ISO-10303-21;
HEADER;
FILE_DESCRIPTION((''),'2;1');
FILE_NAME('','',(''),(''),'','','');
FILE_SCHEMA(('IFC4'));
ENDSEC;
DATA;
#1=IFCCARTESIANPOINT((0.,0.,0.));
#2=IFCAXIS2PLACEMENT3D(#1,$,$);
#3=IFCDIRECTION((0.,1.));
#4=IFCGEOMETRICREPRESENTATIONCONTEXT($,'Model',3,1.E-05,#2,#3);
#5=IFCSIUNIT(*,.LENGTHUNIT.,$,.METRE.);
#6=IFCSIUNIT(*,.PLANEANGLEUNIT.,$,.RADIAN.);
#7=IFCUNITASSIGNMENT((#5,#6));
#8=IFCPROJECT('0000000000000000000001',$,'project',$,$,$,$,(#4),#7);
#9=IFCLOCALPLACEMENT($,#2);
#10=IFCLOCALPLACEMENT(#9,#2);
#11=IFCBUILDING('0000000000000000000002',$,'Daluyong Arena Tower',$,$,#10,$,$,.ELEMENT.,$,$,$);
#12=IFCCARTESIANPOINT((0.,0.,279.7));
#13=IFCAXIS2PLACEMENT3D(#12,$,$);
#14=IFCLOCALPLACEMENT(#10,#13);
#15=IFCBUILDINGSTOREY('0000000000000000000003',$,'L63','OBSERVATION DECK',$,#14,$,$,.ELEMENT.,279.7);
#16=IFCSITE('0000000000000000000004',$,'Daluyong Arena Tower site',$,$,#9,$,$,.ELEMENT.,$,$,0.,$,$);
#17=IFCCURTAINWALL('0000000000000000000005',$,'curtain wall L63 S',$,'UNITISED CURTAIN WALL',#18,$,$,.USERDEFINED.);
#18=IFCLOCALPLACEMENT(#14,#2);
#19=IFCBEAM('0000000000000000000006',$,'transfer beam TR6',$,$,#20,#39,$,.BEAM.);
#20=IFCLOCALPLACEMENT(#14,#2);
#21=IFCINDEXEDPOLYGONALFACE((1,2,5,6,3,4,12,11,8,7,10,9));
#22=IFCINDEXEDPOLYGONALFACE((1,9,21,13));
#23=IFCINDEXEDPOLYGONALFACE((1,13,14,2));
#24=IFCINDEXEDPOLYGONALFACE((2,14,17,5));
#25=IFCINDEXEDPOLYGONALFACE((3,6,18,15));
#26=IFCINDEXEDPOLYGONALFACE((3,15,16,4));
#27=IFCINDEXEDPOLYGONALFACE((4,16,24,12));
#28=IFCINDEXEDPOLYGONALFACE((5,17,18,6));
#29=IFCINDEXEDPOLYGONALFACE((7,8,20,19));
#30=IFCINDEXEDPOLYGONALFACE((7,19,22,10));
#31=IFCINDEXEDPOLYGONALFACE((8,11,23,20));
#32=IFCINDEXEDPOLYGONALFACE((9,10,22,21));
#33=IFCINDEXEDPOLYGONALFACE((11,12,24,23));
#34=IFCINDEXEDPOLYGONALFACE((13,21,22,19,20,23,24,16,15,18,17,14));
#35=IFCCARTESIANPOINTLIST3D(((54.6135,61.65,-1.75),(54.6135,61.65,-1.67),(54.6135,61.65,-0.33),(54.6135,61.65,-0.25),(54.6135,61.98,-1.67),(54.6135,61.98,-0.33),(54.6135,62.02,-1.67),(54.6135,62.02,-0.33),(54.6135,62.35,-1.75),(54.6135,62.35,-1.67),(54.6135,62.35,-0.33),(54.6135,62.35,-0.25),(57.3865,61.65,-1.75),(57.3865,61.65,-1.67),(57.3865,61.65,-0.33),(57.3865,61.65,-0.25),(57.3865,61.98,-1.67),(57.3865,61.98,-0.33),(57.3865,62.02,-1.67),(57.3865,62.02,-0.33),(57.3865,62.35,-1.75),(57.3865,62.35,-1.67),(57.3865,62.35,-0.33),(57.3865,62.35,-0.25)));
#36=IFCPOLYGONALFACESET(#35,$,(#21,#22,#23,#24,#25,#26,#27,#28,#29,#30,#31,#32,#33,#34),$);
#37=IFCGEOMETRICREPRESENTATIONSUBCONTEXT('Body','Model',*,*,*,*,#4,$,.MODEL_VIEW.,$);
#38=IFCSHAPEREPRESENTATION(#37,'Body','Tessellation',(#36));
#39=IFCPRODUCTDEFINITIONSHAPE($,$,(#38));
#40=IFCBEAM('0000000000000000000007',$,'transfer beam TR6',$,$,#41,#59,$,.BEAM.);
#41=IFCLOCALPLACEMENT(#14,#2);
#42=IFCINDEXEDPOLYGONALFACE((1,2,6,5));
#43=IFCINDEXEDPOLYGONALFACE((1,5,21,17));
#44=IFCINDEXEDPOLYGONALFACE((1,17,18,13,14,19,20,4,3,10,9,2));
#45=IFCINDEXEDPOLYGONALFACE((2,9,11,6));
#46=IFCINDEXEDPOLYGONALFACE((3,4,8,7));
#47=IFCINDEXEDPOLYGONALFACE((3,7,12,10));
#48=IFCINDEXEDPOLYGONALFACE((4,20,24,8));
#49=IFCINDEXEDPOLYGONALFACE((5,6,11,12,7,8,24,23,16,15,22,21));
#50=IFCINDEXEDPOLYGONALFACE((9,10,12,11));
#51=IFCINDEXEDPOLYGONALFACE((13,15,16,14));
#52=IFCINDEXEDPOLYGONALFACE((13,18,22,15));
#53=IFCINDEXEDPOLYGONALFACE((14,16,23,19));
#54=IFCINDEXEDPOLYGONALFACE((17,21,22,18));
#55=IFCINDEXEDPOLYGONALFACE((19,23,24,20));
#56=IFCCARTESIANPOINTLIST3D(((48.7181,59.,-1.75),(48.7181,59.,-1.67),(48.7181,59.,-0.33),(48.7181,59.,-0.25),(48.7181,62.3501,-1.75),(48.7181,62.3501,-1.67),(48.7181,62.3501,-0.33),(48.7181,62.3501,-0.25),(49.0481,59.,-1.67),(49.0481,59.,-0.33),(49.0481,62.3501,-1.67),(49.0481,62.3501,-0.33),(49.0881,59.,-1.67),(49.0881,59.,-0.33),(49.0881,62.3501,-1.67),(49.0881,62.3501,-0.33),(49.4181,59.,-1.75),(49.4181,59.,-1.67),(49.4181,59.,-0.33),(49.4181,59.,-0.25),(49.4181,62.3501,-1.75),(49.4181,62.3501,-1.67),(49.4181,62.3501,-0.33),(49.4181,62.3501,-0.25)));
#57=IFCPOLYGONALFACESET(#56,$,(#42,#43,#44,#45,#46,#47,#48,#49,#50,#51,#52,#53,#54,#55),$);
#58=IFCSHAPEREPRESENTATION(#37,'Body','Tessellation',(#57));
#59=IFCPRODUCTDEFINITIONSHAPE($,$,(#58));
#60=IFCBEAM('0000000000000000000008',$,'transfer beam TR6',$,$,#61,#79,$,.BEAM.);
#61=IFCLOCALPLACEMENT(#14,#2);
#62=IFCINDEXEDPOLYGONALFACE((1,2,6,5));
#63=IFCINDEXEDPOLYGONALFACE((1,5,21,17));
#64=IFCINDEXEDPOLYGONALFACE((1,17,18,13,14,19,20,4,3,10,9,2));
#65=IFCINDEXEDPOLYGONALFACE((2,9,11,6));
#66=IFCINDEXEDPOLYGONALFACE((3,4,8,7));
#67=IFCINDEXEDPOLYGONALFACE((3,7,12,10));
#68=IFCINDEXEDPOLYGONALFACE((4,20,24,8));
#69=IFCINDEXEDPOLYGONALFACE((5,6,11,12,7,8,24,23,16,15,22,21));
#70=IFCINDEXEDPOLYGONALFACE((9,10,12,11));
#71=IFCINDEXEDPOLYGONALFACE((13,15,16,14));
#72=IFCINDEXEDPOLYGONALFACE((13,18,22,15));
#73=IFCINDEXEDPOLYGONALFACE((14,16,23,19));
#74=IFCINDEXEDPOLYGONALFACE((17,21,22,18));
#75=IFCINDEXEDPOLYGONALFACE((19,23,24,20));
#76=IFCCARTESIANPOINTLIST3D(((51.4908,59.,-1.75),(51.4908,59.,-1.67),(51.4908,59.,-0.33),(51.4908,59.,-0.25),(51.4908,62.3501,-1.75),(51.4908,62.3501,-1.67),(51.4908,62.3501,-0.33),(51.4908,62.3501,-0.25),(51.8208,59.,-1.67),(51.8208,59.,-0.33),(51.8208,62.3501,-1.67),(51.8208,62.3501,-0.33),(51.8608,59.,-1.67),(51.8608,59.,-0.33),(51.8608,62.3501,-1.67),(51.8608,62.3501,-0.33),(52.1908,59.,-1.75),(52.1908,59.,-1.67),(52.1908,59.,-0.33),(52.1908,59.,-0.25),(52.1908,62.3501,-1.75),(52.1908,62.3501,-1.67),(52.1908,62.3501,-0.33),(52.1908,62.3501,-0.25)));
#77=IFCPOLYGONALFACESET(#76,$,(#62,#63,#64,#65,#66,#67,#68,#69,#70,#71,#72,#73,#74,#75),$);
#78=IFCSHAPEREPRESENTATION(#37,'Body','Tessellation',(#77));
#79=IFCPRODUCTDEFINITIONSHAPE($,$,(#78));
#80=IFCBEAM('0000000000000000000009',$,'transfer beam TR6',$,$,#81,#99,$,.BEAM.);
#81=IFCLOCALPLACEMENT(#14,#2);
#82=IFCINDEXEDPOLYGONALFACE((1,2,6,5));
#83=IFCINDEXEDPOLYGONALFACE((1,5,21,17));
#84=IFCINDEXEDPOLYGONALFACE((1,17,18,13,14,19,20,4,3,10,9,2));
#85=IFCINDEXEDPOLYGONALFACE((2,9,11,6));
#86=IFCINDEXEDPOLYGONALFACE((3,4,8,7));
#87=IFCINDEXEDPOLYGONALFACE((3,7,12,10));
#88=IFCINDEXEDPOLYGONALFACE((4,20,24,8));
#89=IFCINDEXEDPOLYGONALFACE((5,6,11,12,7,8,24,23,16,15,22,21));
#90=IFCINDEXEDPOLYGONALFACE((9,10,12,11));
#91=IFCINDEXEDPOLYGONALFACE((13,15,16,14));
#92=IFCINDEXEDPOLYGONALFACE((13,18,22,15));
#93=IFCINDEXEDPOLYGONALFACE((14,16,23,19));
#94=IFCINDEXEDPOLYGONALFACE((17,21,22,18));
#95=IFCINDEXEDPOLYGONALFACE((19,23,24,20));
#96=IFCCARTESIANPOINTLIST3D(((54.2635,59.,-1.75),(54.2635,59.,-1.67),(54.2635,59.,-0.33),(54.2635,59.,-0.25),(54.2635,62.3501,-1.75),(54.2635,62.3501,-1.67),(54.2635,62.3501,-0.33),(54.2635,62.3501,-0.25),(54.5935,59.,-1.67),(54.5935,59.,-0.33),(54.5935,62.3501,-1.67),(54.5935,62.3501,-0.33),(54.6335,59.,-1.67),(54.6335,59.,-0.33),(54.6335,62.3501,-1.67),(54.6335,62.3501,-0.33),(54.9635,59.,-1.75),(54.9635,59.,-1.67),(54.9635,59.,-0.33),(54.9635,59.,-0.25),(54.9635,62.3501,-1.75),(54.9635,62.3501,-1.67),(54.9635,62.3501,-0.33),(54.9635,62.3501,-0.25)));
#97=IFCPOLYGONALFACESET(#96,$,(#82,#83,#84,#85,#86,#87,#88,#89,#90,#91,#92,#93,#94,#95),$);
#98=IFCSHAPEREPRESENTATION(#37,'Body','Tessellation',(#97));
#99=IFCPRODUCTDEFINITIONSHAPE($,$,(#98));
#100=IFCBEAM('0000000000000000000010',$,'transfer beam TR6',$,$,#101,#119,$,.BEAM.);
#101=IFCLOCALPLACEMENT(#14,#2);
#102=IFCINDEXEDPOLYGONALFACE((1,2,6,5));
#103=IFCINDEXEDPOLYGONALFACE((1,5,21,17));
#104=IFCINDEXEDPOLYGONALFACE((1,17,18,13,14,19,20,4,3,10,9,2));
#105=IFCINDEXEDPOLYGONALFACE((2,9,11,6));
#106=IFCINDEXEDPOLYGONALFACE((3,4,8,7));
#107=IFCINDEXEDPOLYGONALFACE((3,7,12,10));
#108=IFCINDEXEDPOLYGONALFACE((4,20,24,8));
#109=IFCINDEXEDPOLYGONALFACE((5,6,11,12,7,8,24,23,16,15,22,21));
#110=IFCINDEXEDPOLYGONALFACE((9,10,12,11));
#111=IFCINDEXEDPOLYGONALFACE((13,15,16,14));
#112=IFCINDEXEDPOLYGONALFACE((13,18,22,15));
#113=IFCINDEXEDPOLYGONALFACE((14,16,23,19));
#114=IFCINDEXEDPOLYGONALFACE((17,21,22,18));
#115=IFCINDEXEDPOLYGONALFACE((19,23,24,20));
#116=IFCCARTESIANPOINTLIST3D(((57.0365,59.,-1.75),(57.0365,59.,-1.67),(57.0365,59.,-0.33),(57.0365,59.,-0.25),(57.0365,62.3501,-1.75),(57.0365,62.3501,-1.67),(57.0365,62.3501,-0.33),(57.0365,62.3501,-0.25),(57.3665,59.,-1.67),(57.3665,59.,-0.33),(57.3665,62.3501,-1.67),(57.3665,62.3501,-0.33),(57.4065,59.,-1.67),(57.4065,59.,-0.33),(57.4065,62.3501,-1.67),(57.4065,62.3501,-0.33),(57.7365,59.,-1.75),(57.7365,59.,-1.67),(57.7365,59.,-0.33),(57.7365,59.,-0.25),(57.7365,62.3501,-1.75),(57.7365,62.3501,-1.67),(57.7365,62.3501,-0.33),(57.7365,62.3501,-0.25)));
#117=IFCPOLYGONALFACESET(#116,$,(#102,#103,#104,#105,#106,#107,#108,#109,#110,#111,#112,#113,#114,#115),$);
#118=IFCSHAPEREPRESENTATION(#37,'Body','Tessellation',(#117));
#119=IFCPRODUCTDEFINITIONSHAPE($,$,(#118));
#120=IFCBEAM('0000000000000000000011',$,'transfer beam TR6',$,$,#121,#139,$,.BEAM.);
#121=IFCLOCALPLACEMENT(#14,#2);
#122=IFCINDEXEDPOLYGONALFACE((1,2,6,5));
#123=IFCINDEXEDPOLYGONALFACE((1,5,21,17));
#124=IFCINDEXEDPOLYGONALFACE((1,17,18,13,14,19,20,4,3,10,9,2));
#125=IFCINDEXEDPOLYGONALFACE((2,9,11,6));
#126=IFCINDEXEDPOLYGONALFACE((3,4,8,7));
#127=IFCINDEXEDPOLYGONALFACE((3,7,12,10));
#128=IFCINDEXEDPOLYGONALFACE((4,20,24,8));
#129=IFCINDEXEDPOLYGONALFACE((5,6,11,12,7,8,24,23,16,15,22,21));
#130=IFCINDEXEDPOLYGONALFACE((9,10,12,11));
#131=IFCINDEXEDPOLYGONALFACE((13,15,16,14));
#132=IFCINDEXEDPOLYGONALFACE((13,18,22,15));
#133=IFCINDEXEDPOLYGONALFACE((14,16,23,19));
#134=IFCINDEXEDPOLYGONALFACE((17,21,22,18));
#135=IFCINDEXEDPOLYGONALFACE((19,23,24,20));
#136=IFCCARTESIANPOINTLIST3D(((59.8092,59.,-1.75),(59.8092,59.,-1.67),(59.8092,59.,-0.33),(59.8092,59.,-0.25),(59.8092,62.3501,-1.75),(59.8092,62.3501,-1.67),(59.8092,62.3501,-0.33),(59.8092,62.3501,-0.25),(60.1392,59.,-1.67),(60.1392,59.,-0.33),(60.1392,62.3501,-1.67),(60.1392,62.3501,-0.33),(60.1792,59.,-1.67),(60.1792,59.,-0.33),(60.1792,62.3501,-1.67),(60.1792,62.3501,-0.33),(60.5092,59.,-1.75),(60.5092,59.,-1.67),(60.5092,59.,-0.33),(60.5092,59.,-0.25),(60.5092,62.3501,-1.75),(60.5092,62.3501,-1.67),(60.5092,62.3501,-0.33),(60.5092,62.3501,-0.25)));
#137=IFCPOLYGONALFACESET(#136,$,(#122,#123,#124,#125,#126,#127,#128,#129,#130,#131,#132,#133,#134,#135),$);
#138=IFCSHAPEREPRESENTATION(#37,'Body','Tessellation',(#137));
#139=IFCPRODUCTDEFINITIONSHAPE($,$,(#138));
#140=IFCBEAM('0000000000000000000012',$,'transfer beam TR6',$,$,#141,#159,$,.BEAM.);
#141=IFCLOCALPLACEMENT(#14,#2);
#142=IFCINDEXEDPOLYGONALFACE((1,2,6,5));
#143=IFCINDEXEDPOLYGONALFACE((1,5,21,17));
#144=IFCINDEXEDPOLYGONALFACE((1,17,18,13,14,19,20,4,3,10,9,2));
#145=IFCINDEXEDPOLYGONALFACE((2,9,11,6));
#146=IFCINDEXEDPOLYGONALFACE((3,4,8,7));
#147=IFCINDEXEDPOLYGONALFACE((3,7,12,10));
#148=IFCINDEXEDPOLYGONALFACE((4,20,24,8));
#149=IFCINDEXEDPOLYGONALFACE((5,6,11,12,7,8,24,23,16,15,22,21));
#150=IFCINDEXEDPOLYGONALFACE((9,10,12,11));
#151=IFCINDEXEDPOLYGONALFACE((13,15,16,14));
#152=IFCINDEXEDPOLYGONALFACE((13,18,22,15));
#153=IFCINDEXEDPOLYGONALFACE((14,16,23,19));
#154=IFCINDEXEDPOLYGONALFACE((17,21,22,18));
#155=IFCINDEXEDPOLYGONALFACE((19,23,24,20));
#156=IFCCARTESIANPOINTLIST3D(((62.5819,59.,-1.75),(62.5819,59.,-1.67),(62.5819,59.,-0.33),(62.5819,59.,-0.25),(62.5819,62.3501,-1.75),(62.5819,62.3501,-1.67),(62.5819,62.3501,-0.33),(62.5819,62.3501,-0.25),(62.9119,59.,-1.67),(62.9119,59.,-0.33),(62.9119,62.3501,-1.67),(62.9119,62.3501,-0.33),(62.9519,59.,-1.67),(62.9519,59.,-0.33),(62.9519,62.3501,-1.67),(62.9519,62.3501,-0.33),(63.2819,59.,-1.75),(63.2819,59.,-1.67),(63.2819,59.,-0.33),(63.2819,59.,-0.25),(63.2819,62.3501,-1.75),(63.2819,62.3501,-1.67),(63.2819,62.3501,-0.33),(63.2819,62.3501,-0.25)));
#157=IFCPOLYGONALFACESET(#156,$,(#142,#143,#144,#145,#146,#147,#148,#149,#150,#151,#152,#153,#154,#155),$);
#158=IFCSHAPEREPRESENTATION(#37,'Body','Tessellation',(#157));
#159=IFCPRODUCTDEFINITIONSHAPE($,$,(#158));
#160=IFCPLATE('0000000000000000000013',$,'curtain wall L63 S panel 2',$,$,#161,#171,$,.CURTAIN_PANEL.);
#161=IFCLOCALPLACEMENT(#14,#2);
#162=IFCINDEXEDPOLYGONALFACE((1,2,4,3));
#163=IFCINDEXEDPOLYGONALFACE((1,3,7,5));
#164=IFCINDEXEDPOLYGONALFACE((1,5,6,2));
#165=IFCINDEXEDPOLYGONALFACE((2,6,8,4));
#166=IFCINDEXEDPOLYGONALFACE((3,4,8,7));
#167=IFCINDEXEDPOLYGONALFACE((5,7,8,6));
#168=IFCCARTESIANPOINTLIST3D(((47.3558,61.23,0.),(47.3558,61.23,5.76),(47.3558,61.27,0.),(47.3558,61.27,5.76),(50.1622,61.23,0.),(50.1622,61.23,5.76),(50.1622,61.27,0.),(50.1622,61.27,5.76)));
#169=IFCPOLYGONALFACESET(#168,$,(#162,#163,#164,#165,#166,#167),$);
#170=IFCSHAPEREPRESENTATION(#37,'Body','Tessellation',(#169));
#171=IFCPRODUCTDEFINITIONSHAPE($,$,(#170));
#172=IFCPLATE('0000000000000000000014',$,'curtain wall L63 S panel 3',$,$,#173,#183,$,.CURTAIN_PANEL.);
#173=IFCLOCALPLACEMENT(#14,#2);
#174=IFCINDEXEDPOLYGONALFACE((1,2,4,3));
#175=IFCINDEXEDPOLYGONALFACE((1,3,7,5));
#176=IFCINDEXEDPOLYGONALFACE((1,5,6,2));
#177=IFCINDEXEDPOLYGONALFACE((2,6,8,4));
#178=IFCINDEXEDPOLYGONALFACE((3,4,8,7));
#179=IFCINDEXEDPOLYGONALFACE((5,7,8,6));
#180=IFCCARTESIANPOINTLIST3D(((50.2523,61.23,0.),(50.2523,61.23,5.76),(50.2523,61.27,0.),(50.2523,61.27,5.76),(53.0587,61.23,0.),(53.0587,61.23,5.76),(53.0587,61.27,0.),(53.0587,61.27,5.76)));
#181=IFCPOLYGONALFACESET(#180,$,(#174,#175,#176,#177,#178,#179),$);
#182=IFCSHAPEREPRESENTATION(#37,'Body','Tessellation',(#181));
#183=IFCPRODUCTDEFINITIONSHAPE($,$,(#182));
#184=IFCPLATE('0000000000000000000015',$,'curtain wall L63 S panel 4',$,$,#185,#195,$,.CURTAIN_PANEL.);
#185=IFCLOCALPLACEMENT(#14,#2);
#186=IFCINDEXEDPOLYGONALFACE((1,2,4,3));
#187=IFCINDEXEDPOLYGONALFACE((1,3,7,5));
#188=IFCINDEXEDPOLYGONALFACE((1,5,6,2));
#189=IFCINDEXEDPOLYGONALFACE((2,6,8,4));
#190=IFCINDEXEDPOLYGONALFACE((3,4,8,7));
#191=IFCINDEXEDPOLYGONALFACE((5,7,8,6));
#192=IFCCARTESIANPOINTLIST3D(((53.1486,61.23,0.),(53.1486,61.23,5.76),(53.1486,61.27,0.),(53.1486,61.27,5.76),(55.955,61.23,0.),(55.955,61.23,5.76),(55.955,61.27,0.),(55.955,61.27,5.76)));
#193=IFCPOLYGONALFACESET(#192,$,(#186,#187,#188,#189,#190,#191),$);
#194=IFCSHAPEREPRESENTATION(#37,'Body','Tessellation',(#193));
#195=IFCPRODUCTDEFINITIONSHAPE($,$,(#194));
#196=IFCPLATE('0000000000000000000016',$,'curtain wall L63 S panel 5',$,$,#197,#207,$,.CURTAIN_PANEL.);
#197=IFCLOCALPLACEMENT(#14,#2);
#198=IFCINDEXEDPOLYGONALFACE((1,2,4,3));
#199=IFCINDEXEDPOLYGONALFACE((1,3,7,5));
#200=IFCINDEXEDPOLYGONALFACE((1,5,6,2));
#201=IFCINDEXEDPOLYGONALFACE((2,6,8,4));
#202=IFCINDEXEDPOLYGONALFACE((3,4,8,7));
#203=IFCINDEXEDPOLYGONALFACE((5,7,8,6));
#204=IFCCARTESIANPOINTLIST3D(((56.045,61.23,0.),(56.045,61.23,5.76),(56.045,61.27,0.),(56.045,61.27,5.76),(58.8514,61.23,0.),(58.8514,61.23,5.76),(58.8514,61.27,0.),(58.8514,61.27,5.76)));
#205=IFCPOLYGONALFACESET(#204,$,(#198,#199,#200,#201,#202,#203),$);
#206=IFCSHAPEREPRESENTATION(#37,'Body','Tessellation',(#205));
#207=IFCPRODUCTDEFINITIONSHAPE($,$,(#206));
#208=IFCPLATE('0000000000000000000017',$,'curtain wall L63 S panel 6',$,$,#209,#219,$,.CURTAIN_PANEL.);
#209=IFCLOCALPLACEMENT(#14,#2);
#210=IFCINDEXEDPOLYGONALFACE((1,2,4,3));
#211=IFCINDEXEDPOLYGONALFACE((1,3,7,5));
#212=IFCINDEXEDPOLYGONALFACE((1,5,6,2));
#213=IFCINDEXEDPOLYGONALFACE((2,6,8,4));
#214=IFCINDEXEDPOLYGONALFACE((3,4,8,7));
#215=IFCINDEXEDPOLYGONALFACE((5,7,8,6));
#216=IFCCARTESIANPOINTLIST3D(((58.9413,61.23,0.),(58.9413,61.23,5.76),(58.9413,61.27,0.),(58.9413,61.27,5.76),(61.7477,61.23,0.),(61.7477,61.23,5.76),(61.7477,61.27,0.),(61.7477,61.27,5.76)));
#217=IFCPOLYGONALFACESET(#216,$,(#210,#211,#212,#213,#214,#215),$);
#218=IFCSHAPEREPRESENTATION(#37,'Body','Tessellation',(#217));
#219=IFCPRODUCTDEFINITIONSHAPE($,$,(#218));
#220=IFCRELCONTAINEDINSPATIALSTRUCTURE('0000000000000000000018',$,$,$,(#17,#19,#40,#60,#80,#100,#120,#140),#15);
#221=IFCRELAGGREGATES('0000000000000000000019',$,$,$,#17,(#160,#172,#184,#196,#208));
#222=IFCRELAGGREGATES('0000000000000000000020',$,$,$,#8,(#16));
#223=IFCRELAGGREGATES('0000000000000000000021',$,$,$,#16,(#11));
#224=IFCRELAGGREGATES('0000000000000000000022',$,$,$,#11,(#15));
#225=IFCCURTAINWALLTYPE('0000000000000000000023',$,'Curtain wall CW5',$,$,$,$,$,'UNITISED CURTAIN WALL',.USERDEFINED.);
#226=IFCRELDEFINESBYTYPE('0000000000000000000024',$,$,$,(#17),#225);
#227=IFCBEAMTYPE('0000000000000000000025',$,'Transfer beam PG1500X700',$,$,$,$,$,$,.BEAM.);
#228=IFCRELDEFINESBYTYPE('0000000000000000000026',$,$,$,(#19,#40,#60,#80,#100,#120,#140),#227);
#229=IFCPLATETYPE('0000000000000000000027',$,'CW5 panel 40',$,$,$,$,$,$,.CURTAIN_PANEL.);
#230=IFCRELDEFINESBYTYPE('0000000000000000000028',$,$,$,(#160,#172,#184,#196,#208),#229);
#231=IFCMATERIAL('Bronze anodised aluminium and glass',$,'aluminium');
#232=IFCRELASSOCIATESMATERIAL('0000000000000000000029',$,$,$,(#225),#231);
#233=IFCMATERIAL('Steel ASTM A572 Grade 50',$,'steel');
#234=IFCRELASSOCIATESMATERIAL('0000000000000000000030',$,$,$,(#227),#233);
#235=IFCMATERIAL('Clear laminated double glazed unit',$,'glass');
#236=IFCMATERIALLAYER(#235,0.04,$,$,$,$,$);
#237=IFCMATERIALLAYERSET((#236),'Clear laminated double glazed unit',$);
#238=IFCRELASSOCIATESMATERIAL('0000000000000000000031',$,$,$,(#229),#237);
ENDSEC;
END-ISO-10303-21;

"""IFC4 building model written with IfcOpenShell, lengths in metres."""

from ifc_helpers import new_model, si_unit, direction, frame, origin, origin_2d, place, context, subcontext, project, spatial, rectangle, i_section, extrude, material, layer, layer_set, material_profile, profile_set, type_object, element, aggregate, save


model = new_model("IFC4")

# Units and contexts
model_context = context("Model", 3, precision=1e-05, world=origin(), true_north=direction((0.0, 1.0)))
body_context = subcontext(model_context, "Body", "Model", "MODEL_VIEW")
ifc_project = project(units=[si_unit("LENGTHUNIT", "METRE"), si_unit("PLANEANGLEUNIT", "RADIAN")], contexts=[model_context])

# Site, building, storey
site_placement = place(None, origin())
site = spatial("IfcSite", under=ifc_project, at=site_placement, Name="Daluyong Arena Tower site", CompositionType="ELEMENT", RefElevation=0.0)
building_placement = place(site_placement, origin())
building = spatial("IfcBuilding", under=site, at=building_placement, Name="Daluyong Arena Tower", CompositionType="ELEMENT")
storey_placement = place(building_placement, frame((0.0, 0.0, 279.7)))
storey = spatial("IfcBuildingStorey", under=building, at=storey_placement, Name="L63", Description="OBSERVATION DECK", CompositionType="ELEMENT", Elevation=279.7)

# Curtain wall
ifc_material_1 = material(Name="Bronze anodised aluminium and glass", Category="aluminium")
curtain_wall_type = type_object("IfcCurtainWallType", Name="Curtain wall CW5", ElementType="UNITISED CURTAIN WALL", PredefinedType="USERDEFINED", material=ifc_material_1)
curtain_wall_placement = place(storey_placement, origin())
curtain_wall = element("IfcCurtainWall", 1, at=curtain_wall_placement, inside=storey, type_object=curtain_wall_type, Name="curtain wall L63 S", ObjectType="UNITISED CURTAIN WALL", PredefinedType="USERDEFINED")

# Beams
ifc_material_2 = material(Name="Steel ASTM A572 Grade 50", Category="steel")
ifc_material_profile_1 = material_profile(ifc_material_2, i_section(OverallWidth=0.7, OverallDepth=1.5, WebThickness=0.04, FlangeThickness=0.08, at=origin_2d()))
ifc_profile_set_1 = profile_set([ifc_material_profile_1], Name="Steel ASTM A572 Grade 50")
beam_type_1 = type_object("IfcBeamType", Name="Transfer beam PG1500X700", PredefinedType="BEAM", material=ifc_profile_set_1)
beam_1_placement = place(storey_placement, frame((54.6135, 62.0, -1.0), z_axis=(1.0, 0.0, 0.0), x_axis=(0.0, 1.0, 0.0)))
element("IfcBeam", 2, at=beam_1_placement, inside=storey, type_object=beam_type_1, Name="transfer beam TR6", PredefinedType="BEAM", context=body_context, shape_type="SweptSolid", body=[
    extrude(i_section(OverallWidth=0.7, OverallDepth=1.5, WebThickness=0.04, FlangeThickness=0.08, at=origin_2d()), origin(), (0.0, 0.0, 1.0), 2.7729),
])
for number, where, z_axis, x_axis, name in (
    (3, (49.0681, 59.0, -1.0), (0.0, 1.0, 0.0), (-1.0, 0.0, 0.0), "transfer beam TR6"),
    (4, (51.8408, 59.0, -1.0), (0.0, 1.0, 0.0), (-1.0, 0.0, 0.0), "transfer beam TR6"),
    (5, (54.6135, 59.0, -1.0), (0.0, 1.0, 0.0), (-1.0, 0.0, 0.0), "transfer beam TR6"),
    (6, (57.3865, 59.0, -1.0), (0.0, 1.0, 0.0), (-1.0, 0.0, 0.0), "transfer beam TR6"),
    (7, (60.1592, 59.0, -1.0), (0.0, 1.0, 0.0), (-1.0, 0.0, 0.0), "transfer beam TR6"),
    (8, (62.9319, 59.0, -1.0), (0.0, 1.0, 0.0), (-1.0, 0.0, 0.0), "transfer beam TR6"),
):
    element("IfcBeam", number, at=place(storey_placement, frame(where, z_axis=z_axis, x_axis=x_axis)), inside=storey, type_object=beam_type_1, Name=name, PredefinedType="BEAM", context=body_context, shape_type="SweptSolid", body=[
        extrude(i_section(OverallWidth=0.7, OverallDepth=1.5, WebThickness=0.04, FlangeThickness=0.08, at=origin_2d()), origin(), (0.0, 0.0, 1.0), 3.3501),
    ])

# Plates
ifc_material_3 = material(Name="Clear laminated double glazed unit", Category="glass")
ifc_layer = layer(ifc_material_3, 0.04)
ifc_layer_set = layer_set([ifc_layer], Name="Clear laminated double glazed unit")
plate_type = type_object("IfcPlateType", Name="CW5 panel 40", PredefinedType="CURTAIN_PANEL", material=ifc_layer_set)
plate_1_placement = place(storey_placement, frame((48.759, 61.25, 0.0), z_axis=(0.0, 0.0, 1.0), x_axis=(1.0, 0.0, 0.0)))
plate_1 = element("IfcPlate", 9, at=plate_1_placement, type_object=plate_type, Name="curtain wall L63 S panel 2", PredefinedType="CURTAIN_PANEL", context=body_context, shape_type="SweptSolid", body=[
    extrude(rectangle(XDim=2.8064, YDim=0.04, at=origin_2d()), origin(), (0.0, 0.0, 1.0), 5.76),
])
plate_2_placement = place(storey_placement, frame((51.6555, 61.25, 0.0), z_axis=(0.0, 0.0, 1.0), x_axis=(1.0, 0.0, 0.0)))
plate_2 = element("IfcPlate", 10, at=plate_2_placement, type_object=plate_type, Name="curtain wall L63 S panel 3", PredefinedType="CURTAIN_PANEL", context=body_context, shape_type="SweptSolid", body=[
    extrude(rectangle(XDim=2.8064, YDim=0.04, at=origin_2d()), origin(), (0.0, 0.0, 1.0), 5.76),
])
plate_3_placement = place(storey_placement, frame((54.5518, 61.25, 0.0), z_axis=(0.0, 0.0, 1.0), x_axis=(1.0, 0.0, 0.0)))
plate_3 = element("IfcPlate", 11, at=plate_3_placement, type_object=plate_type, Name="curtain wall L63 S panel 4", PredefinedType="CURTAIN_PANEL", context=body_context, shape_type="SweptSolid", body=[
    extrude(rectangle(XDim=2.8064, YDim=0.04, at=origin_2d()), origin(), (0.0, 0.0, 1.0), 5.76),
])
plate_4_placement = place(storey_placement, frame((57.4482, 61.25, 0.0), z_axis=(0.0, 0.0, 1.0), x_axis=(1.0, 0.0, 0.0)))
plate_4 = element("IfcPlate", 12, at=plate_4_placement, type_object=plate_type, Name="curtain wall L63 S panel 5", PredefinedType="CURTAIN_PANEL", context=body_context, shape_type="SweptSolid", body=[
    extrude(rectangle(XDim=2.8064, YDim=0.04, at=origin_2d()), origin(), (0.0, 0.0, 1.0), 5.76),
])
plate_5_placement = place(storey_placement, frame((60.3445, 61.25, 0.0), z_axis=(0.0, 0.0, 1.0), x_axis=(1.0, 0.0, 0.0)))
plate_5 = element("IfcPlate", 13, at=plate_5_placement, type_object=plate_type, Name="curtain wall L63 S panel 6", PredefinedType="CURTAIN_PANEL", context=body_context, shape_type="SweptSolid", body=[
    extrude(rectangle(XDim=2.8064, YDim=0.04, at=origin_2d()), origin(), (0.0, 0.0, 1.0), 5.76),
])
aggregate(curtain_wall, [plate_1, plate_2, plate_3, plate_4, plate_5])

save(model, "model.ifc")
